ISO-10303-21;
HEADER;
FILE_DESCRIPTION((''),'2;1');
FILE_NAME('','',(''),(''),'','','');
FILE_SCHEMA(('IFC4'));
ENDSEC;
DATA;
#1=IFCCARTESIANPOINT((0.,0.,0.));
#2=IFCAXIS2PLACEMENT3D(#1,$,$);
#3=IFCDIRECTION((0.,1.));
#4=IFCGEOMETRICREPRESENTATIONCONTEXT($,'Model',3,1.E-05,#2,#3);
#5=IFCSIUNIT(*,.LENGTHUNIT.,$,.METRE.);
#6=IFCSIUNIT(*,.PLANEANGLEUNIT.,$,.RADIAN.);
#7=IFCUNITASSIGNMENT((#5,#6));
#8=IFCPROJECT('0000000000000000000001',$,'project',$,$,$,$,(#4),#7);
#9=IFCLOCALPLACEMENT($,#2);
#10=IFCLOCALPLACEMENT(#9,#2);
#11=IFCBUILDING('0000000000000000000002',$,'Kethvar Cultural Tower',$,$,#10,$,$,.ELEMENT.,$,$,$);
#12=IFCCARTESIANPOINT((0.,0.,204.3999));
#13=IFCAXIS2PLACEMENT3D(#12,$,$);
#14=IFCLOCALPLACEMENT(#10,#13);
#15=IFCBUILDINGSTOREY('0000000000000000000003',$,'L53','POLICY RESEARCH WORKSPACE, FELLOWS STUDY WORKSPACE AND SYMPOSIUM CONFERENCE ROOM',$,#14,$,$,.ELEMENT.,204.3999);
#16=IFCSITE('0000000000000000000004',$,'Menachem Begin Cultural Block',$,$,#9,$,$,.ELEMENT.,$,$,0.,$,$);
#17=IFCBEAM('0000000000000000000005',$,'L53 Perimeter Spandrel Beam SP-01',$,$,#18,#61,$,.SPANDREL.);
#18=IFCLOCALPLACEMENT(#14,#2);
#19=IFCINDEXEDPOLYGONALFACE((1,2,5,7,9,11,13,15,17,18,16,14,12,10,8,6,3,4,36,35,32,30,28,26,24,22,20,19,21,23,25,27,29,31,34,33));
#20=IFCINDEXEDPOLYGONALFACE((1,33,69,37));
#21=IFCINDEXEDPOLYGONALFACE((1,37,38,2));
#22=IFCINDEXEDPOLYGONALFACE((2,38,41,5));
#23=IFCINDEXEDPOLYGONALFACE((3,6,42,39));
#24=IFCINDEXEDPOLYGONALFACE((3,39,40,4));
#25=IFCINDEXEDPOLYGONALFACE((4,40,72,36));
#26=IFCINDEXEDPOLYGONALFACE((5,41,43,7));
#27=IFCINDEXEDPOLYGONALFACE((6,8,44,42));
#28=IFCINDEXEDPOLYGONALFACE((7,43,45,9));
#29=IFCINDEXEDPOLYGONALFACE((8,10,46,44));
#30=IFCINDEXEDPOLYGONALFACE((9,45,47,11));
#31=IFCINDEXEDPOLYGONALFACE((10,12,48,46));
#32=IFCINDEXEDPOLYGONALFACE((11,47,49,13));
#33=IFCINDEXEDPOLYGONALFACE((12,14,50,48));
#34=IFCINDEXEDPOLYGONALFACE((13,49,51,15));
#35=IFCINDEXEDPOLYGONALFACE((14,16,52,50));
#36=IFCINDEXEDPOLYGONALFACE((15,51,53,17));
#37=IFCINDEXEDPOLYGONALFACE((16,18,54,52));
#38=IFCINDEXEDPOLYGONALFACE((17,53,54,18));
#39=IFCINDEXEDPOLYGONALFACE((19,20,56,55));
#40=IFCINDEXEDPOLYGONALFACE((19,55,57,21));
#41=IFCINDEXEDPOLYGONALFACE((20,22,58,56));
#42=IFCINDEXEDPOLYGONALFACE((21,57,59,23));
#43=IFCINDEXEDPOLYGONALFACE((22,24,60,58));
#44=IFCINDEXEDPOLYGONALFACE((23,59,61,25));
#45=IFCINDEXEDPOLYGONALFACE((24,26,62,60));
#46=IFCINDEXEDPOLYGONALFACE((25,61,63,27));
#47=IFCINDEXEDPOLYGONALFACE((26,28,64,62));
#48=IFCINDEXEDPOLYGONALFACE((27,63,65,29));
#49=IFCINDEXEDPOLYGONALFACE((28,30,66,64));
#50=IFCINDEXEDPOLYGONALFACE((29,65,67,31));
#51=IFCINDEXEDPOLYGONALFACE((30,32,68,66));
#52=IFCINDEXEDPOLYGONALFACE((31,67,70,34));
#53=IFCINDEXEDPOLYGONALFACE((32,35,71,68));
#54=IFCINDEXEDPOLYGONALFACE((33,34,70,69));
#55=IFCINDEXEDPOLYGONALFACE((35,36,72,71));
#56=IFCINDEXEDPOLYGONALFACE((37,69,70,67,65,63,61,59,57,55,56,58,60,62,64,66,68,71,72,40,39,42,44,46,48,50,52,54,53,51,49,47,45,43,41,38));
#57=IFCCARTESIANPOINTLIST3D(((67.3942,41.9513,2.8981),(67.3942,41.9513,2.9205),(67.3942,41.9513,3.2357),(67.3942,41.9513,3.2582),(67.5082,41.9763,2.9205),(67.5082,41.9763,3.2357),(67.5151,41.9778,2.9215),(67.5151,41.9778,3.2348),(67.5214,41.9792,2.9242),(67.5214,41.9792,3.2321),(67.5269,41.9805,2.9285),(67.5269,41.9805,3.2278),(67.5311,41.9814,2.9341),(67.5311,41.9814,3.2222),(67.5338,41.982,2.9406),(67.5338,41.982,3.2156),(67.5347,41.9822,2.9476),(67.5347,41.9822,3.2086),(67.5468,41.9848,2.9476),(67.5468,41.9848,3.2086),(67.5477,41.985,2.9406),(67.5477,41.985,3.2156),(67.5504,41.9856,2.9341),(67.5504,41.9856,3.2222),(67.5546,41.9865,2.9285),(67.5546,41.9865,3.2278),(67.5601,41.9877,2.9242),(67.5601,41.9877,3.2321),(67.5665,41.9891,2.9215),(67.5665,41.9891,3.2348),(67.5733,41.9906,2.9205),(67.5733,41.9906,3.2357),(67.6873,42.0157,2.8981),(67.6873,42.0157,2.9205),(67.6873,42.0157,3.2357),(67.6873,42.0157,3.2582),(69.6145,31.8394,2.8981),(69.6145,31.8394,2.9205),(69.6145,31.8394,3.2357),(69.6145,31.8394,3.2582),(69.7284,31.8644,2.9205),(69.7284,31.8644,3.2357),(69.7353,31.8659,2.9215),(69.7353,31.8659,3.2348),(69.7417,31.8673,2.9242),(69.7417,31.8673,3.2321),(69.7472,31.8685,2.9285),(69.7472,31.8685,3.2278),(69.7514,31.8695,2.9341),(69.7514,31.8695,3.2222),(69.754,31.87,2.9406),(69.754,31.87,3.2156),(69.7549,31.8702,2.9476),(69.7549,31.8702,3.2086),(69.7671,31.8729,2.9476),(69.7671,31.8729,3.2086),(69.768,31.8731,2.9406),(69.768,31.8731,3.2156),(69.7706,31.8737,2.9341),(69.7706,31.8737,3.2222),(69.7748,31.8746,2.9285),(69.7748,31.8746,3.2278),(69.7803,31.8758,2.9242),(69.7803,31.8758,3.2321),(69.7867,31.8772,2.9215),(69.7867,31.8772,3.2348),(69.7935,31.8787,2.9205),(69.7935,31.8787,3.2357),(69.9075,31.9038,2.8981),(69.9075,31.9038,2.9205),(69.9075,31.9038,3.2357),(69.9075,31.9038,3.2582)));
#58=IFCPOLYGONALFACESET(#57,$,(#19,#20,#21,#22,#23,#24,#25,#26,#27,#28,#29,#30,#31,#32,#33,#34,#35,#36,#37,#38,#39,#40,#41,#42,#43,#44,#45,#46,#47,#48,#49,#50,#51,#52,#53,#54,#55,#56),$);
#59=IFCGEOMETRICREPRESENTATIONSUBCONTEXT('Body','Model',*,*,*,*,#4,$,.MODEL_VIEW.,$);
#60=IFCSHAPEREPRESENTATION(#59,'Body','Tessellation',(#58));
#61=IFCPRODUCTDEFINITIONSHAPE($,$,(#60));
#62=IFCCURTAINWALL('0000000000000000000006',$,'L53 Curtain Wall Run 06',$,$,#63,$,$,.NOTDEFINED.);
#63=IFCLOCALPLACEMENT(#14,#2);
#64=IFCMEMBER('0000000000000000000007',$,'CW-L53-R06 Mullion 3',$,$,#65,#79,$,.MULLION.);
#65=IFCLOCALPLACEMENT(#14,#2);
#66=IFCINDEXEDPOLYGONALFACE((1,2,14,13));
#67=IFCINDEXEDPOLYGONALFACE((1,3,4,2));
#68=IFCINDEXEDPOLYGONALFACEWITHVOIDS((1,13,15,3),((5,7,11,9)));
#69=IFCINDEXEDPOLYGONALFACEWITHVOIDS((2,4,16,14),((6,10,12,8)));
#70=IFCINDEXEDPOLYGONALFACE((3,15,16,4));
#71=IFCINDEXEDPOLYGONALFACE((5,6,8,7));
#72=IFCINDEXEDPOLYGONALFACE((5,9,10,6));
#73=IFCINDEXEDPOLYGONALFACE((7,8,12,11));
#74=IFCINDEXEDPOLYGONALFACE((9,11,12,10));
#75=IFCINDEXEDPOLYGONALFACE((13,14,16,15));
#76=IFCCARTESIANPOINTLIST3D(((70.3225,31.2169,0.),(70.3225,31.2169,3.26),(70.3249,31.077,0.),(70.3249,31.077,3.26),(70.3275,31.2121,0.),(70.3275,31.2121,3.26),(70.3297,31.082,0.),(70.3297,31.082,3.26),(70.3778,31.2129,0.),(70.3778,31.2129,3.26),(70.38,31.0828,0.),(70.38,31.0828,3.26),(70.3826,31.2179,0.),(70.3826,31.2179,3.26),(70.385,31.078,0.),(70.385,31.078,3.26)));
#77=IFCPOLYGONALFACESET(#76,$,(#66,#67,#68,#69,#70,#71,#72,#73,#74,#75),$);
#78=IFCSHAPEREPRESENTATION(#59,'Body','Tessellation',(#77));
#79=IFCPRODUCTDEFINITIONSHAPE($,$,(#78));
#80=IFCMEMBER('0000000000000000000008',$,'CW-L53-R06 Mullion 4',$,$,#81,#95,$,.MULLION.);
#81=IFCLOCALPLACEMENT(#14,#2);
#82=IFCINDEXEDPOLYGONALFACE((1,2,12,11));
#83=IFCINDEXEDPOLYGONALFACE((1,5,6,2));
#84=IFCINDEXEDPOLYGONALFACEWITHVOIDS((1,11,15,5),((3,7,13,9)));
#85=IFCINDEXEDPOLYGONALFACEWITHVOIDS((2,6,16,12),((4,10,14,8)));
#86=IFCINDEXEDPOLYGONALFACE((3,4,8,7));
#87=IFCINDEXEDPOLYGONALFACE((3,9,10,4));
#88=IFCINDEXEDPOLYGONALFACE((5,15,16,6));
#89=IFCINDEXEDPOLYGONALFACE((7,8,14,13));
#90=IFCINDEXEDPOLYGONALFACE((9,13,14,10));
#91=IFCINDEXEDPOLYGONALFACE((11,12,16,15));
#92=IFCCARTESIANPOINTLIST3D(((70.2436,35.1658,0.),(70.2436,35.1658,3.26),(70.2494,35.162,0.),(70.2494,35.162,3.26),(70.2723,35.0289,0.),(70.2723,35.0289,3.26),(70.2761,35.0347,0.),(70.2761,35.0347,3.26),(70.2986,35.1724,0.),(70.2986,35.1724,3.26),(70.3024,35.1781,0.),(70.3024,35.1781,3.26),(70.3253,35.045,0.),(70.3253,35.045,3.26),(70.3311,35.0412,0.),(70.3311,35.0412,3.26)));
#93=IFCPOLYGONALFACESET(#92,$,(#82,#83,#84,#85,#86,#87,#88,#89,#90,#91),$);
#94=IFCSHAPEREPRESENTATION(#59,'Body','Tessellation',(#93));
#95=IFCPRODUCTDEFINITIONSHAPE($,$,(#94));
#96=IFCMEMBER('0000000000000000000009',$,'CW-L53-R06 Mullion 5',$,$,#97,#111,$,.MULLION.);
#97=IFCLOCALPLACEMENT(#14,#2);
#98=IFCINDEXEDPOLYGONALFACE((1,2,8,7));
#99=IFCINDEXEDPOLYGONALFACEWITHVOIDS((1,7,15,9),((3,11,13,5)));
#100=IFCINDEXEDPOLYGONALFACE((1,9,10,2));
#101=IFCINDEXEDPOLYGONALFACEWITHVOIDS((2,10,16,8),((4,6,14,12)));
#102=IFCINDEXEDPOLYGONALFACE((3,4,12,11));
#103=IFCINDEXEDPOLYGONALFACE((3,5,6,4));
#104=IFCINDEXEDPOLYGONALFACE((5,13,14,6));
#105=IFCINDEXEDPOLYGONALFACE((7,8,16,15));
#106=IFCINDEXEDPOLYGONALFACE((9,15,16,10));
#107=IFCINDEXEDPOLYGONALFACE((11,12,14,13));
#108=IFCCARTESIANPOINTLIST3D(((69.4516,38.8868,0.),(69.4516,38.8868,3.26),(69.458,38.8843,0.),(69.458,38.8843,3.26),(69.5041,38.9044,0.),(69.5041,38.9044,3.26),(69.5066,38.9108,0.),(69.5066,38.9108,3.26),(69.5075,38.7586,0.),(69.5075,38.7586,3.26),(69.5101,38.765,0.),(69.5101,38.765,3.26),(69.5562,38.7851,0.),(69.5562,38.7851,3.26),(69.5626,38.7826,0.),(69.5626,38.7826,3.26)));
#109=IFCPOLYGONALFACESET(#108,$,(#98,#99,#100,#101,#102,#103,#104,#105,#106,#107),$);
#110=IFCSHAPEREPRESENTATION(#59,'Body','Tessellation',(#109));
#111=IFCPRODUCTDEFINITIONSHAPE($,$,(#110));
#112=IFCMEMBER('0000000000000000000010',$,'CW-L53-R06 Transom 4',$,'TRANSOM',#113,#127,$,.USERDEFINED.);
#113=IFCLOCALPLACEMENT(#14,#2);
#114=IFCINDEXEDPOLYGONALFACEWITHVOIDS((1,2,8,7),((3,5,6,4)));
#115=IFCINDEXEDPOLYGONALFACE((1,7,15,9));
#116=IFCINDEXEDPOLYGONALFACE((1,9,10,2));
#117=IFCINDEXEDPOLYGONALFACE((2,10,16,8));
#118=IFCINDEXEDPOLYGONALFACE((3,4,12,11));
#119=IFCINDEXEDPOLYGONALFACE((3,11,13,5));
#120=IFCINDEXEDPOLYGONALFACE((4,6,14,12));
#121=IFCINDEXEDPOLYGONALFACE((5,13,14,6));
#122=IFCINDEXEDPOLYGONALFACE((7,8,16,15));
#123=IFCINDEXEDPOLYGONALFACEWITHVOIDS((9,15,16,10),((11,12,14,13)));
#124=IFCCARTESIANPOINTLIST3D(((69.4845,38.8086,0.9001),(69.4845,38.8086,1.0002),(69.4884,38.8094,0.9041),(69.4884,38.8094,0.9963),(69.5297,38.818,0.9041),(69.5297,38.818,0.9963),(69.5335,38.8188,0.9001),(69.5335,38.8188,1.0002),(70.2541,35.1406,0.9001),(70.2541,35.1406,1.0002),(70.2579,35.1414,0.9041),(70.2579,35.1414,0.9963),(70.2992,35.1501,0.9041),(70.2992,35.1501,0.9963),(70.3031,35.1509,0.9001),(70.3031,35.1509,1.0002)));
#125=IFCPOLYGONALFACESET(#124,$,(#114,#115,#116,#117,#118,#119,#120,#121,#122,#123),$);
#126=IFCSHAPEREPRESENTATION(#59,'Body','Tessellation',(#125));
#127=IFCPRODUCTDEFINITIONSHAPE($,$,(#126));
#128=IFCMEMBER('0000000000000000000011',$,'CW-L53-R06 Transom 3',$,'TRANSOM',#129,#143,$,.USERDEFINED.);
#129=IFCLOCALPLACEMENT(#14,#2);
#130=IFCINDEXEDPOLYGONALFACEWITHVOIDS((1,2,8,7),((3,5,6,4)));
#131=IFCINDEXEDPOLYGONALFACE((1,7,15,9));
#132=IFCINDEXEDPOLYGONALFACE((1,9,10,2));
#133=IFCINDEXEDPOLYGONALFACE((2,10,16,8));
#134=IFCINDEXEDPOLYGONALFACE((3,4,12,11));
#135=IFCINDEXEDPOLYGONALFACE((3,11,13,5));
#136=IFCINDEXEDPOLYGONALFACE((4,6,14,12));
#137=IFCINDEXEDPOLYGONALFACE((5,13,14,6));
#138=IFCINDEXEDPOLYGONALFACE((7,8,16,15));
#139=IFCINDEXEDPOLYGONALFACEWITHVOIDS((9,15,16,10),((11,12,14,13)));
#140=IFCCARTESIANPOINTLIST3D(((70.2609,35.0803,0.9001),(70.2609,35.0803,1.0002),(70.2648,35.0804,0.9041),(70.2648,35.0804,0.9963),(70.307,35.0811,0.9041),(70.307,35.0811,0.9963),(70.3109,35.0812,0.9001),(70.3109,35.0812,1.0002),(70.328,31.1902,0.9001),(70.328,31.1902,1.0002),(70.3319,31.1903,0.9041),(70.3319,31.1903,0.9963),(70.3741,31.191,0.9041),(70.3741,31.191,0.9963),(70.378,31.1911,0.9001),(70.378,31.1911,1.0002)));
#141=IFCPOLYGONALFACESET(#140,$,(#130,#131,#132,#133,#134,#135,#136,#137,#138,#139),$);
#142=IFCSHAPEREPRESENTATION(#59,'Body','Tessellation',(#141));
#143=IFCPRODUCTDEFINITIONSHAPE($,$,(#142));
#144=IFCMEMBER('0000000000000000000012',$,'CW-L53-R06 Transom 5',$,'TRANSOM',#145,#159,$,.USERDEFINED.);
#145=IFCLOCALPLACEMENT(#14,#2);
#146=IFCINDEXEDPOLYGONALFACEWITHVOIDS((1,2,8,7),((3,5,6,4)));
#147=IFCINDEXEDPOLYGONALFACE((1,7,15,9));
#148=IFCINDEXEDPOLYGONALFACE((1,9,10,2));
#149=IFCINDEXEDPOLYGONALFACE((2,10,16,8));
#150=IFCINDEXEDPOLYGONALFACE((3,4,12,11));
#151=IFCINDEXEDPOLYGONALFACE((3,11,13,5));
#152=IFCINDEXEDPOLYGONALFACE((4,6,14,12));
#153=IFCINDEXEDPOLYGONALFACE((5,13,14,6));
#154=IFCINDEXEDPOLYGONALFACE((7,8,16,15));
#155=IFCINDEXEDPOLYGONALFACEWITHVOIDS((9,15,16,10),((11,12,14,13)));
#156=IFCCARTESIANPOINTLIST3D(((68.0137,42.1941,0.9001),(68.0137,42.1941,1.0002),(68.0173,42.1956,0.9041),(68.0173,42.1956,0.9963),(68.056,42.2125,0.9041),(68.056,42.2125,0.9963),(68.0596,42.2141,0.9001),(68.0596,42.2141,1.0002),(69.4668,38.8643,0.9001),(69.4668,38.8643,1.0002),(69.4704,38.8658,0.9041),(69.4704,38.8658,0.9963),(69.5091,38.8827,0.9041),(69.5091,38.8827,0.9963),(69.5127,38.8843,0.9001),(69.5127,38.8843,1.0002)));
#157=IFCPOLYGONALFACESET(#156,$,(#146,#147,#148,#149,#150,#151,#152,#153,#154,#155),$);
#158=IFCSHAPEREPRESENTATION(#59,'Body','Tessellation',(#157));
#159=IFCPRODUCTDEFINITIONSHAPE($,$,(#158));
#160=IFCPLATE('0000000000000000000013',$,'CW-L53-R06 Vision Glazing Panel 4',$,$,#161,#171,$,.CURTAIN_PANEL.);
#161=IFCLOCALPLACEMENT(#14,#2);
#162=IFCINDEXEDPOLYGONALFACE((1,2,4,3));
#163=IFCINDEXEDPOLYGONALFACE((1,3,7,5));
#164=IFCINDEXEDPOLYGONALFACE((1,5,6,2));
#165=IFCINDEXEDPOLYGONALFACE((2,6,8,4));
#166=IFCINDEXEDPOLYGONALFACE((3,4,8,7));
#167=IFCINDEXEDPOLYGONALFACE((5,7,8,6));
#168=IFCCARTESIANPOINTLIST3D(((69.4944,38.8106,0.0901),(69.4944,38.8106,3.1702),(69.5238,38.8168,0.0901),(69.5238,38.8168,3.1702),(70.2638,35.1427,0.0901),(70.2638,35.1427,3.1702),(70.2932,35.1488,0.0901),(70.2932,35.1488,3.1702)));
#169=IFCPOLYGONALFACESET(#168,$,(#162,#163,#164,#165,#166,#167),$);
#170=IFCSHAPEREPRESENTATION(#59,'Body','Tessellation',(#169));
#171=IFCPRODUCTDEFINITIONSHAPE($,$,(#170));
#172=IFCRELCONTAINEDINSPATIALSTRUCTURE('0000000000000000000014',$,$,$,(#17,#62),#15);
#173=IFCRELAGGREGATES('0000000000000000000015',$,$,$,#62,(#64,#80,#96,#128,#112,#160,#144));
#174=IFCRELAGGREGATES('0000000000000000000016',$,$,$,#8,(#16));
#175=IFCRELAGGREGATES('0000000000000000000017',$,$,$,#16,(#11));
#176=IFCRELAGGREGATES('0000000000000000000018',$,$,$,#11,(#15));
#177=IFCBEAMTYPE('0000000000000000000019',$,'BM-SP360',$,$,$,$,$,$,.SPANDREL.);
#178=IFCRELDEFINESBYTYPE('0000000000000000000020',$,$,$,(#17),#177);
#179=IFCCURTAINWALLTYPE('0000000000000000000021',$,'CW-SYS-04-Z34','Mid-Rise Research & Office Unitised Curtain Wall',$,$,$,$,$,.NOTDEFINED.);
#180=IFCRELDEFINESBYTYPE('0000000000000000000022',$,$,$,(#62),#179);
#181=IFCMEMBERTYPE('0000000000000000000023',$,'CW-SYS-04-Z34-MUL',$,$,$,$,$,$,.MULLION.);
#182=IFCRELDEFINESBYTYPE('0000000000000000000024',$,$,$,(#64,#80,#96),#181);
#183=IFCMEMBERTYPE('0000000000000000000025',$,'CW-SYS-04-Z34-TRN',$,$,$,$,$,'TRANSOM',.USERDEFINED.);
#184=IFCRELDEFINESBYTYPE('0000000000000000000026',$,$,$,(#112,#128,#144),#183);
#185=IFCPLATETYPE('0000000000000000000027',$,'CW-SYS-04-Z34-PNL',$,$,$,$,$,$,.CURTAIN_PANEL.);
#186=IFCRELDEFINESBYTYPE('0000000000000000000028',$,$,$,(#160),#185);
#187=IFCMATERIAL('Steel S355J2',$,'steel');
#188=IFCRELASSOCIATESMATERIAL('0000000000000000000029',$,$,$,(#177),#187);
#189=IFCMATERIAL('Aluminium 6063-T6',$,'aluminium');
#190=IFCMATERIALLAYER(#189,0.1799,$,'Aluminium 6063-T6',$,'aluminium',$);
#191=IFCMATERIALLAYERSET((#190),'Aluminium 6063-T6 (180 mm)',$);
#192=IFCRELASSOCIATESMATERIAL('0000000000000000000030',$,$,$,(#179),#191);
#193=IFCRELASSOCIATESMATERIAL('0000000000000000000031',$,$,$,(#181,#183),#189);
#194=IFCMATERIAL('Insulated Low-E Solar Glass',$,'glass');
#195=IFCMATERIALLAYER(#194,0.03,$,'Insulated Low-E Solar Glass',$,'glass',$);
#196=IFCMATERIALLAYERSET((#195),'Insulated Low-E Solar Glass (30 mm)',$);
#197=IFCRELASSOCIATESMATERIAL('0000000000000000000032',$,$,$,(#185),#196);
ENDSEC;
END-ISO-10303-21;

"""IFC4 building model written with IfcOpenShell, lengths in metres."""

from ifc_helpers import new_model, si_unit, direction, frame, origin, origin_2d, place, context, subcontext, project, spatial, rectangle, hollow_rectangle, i_section, extrude, source, transform, mapped, material, layer, layer_set, material_profile, profile_set, type_object, element, aggregate, save


model = new_model("IFC4")

# Units and contexts
model_context = context("Model", 3, precision=1e-05, world=origin(), true_north=direction((0.0, 1.0)))
body_context = subcontext(model_context, "Body", "Model", "MODEL_VIEW")
ifc_project = project(units=[si_unit("LENGTHUNIT", "METRE"), si_unit("PLANEANGLEUNIT", "RADIAN")], contexts=[model_context])

# Site, building, storey
site_placement = place(None, origin())
site = spatial("IfcSite", under=ifc_project, at=site_placement, Name="Menachem Begin Cultural Block", CompositionType="ELEMENT", RefElevation=0.0)
building_placement = place(site_placement, origin())
building = spatial("IfcBuilding", under=site, at=building_placement, Name="Kethvar Cultural Tower", CompositionType="ELEMENT")
storey_placement = place(building_placement, frame((0.0, 0.0, 204.3999)))
storey = spatial("IfcBuildingStorey", under=building, at=storey_placement, Name="L53", Description="POLICY RESEARCH WORKSPACE, FELLOWS STUDY WORKSPACE AND SYMPOSIUM CONFERENCE ROOM", CompositionType="ELEMENT", Elevation=204.3999)

# Beam
ifc_material_1 = material(Name="Steel S355J2", Category="steel")
ifc_material_profile_1 = material_profile(ifc_material_1, i_section(OverallWidth=0.3, OverallDepth=0.3601, WebThickness=0.0125, FlangeThickness=0.0225, FilletRadius=0.0271, at=origin_2d()), Name="Steel S355J2 — HEB360")
ifc_profile_set_1 = profile_set([ifc_material_profile_1], Name="Steel S355J2 — HEB360")
beam_type_1 = type_object("IfcBeamType", Name="BM-SP360", PredefinedType="SPANDREL", material=ifc_profile_set_1)
shared_shape_1 = source(origin(), body_context, "Body", "SweptSolid", [
    extrude(i_section(OverallWidth=0.3, OverallDepth=0.3601, WebThickness=0.0125, FlangeThickness=0.0225, FilletRadius=0.0271, at=origin_2d()), origin(), (0.0, 0.0, 1.0), 10.3528),
])
beam_1_placement = place(storey_placement, frame((69.761, 31.8716, 3.0781), z_axis=(-0.214458, 0.976733, 0.0), x_axis=(-0.976733, -0.214458, 0.0)))
element("IfcBeam", 1, at=beam_1_placement, inside=storey, type_object=beam_type_1, Name="L53 Perimeter Spandrel Beam SP-01", PredefinedType="SPANDREL", context=body_context, shape_type="MappedRepresentation", body=[
    mapped(shared_shape_1, transform((0.0, 0.0, 0.0), scale=1.0)),
])

# Curtain wall, members, plate
ifc_material_2 = material(Name="Aluminium 6063-T6", Category="aluminium")
ifc_layer_1 = layer(ifc_material_2, 0.1799, Name="Aluminium 6063-T6", Category="aluminium")
ifc_layer_set_1 = layer_set([ifc_layer_1], Name="Aluminium 6063-T6 (180 mm)")
curtain_wall_type = type_object("IfcCurtainWallType", Name="CW-SYS-04-Z34", Description="Mid-Rise Research & Office Unitised Curtain Wall", PredefinedType="NOTDEFINED", material=ifc_layer_set_1)
curtain_wall_placement = place(storey_placement, origin())
curtain_wall = element("IfcCurtainWall", 2, at=curtain_wall_placement, inside=storey, type_object=curtain_wall_type, Name="L53 Curtain Wall Run 06", PredefinedType="NOTDEFINED")
ifc_material_profile_2 = material_profile(ifc_material_2, hollow_rectangle(XDim=0.0601, YDim=0.1399, WallThickness=0.0049, at=origin_2d()), Name="Aluminium 6063-T6 — RHS140x60x5")
ifc_profile_set_2 = profile_set([ifc_material_profile_2], Name="Aluminium 6063-T6 — RHS140x60x5")
member_type_1 = type_object("IfcMemberType", Name="CW-SYS-04-Z34-MUL", PredefinedType="MULLION", material=ifc_profile_set_2)
shared_shape_2 = source(origin(), body_context, "Body", "SweptSolid", [
    extrude(hollow_rectangle(XDim=0.0601, YDim=0.1399, WallThickness=0.0049, at=origin_2d()), origin(), (0.0, 0.0, 1.0), 3.26),
])
member_1_placement = place(storey_placement, frame((70.3538, 31.1475, 0.0), z_axis=(0.0, 0.0, 1.0), x_axis=(-0.99985, -0.017295, 0.0)))
member_1 = element("IfcMember", 3, at=member_1_placement, type_object=member_type_1, Name="CW-L53-R06 Mullion 3", PredefinedType="MULLION", context=body_context, shape_type="MappedRepresentation", body=[
    mapped(shared_shape_2, transform((0.0, 0.0, 0.0), scale=1.0)),
])
member_2_placement = place(storey_placement, frame((70.2874, 35.1035, 0.0), z_axis=(0.0, 0.0, 1.0), x_axis=(-0.978703, -0.205282, 0.0)))
member_2 = element("IfcMember", 4, at=member_2_placement, type_object=member_type_1, Name="CW-L53-R06 Mullion 4", PredefinedType="MULLION", context=body_context, shape_type="MappedRepresentation", body=[
    mapped(shared_shape_2, transform((0.0, 0.0, 0.0), scale=1.0)),
])
member_3_placement = place(storey_placement, frame((69.5071, 38.8347, 0.0), z_axis=(0.0, 0.0, 1.0), x_axis=(-0.91653, -0.399965, 0.0)))
member_3 = element("IfcMember", 5, at=member_3_placement, type_object=member_type_1, Name="CW-L53-R06 Mullion 5", PredefinedType="MULLION", context=body_context, shape_type="MappedRepresentation", body=[
    mapped(shared_shape_2, transform((0.0, 0.0, 0.0), scale=1.0)),
])
ifc_material_profile_3 = material_profile(ifc_material_2, hollow_rectangle(XDim=0.05, YDim=0.1001, WallThickness=0.0039, at=origin_2d()), Name="Aluminium 6063-T6 — RHS100x50x4")
ifc_profile_set_3 = profile_set([ifc_material_profile_3], Name="Aluminium 6063-T6 — RHS100x50x4")
member_type_2 = type_object("IfcMemberType", Name="CW-SYS-04-Z34-TRN", ElementType="TRANSOM", PredefinedType="USERDEFINED", material=ifc_profile_set_3)
shared_shape_3 = source(origin(), body_context, "Body", "SweptSolid", [
    extrude(hollow_rectangle(XDim=0.05, YDim=0.1001, WallThickness=0.0039, at=origin_2d()), origin(), (0.0, 0.0, 1.0), 3.7478),
])
member_4_placement = place(storey_placement, frame((70.2786, 35.1458, 0.9502), z_axis=(-0.205328, 0.978693, 0.0), x_axis=(-0.978693, -0.205328, 0.0)))
member_4 = element("IfcMember", 6, at=member_4_placement, type_object=member_type_2, Name="CW-L53-R06 Transom 4", ObjectType="TRANSOM", PredefinedType="USERDEFINED", context=body_context, shape_type="MappedRepresentation", body=[
    mapped(shared_shape_3, transform((0.0, 0.0, 0.0), scale=1.0)),
])
shared_shape_4 = source(origin(), body_context, "Body", "SweptSolid", [
    extrude(hollow_rectangle(XDim=0.05, YDim=0.1001, WallThickness=0.0039, at=origin_2d()), origin(), (0.0, 0.0, 1.0), 3.8906),
])
member_5_placement = place(storey_placement, frame((70.353, 31.1907, 0.9502), z_axis=(-0.017256, 0.999851, 0.0), x_axis=(-0.999851, -0.017256, 0.0)))
member_5 = element("IfcMember", 7, at=member_5_placement, type_object=member_type_2, Name="CW-L53-R06 Transom 3", ObjectType="TRANSOM", PredefinedType="USERDEFINED", context=body_context, shape_type="MappedRepresentation", body=[
    mapped(shared_shape_4, transform((0.0, 0.0, 0.0), scale=1.0)),
])
shared_shape_5 = source(origin(), body_context, "Body", "SweptSolid", [
    extrude(hollow_rectangle(XDim=0.05, YDim=0.1001, WallThickness=0.0039, at=origin_2d()), origin(), (0.0, 0.0, 1.0), 3.6331),
])
member_6_placement = place(storey_placement, frame((69.4897, 38.8743, 0.9502), z_axis=(-0.399969, 0.916529, 0.0), x_axis=(-0.916529, -0.399969, 0.0)))
member_6 = element("IfcMember", 8, at=member_6_placement, type_object=member_type_2, Name="CW-L53-R06 Transom 5", ObjectType="TRANSOM", PredefinedType="USERDEFINED", context=body_context, shape_type="MappedRepresentation", body=[
    mapped(shared_shape_5, transform((0.0, 0.0, 0.0), scale=1.0)),
])
ifc_material_3 = material(Name="Insulated Low-E Solar Glass", Category="glass")
ifc_layer_2 = layer(ifc_material_3, 0.03, Name="Insulated Low-E Solar Glass", Category="glass")
ifc_layer_set_2 = layer_set([ifc_layer_2], Name="Insulated Low-E Solar Glass (30 mm)")
plate_type = type_object("IfcPlateType", Name="CW-SYS-04-Z34-PNL", PredefinedType="CURTAIN_PANEL", material=ifc_layer_set_2)
shared_shape_6 = source(origin(), body_context, "Body", "SweptSolid", [
    extrude(rectangle(XDim=3.7478, YDim=0.03, at=origin_2d()), origin(), (0.0, 0.0, 1.0), 3.0801),
])
plate_1_placement = place(storey_placement, frame((69.8938, 36.9797, 0.0901), z_axis=(0.0, 0.0, 1.0), x_axis=(-0.205282, 0.978703, 0.0)))
plate_1 = element("IfcPlate", 9, at=plate_1_placement, type_object=plate_type, Name="CW-L53-R06 Vision Glazing Panel 4", PredefinedType="CURTAIN_PANEL", context=body_context, shape_type="MappedRepresentation", body=[
    mapped(shared_shape_6, transform((0.0, 0.0, 0.0), scale=1.0)),
])
aggregate(curtain_wall, [member_1, member_2, member_3, member_5, member_4, plate_1, member_6])

save(model, "model.ifc")
